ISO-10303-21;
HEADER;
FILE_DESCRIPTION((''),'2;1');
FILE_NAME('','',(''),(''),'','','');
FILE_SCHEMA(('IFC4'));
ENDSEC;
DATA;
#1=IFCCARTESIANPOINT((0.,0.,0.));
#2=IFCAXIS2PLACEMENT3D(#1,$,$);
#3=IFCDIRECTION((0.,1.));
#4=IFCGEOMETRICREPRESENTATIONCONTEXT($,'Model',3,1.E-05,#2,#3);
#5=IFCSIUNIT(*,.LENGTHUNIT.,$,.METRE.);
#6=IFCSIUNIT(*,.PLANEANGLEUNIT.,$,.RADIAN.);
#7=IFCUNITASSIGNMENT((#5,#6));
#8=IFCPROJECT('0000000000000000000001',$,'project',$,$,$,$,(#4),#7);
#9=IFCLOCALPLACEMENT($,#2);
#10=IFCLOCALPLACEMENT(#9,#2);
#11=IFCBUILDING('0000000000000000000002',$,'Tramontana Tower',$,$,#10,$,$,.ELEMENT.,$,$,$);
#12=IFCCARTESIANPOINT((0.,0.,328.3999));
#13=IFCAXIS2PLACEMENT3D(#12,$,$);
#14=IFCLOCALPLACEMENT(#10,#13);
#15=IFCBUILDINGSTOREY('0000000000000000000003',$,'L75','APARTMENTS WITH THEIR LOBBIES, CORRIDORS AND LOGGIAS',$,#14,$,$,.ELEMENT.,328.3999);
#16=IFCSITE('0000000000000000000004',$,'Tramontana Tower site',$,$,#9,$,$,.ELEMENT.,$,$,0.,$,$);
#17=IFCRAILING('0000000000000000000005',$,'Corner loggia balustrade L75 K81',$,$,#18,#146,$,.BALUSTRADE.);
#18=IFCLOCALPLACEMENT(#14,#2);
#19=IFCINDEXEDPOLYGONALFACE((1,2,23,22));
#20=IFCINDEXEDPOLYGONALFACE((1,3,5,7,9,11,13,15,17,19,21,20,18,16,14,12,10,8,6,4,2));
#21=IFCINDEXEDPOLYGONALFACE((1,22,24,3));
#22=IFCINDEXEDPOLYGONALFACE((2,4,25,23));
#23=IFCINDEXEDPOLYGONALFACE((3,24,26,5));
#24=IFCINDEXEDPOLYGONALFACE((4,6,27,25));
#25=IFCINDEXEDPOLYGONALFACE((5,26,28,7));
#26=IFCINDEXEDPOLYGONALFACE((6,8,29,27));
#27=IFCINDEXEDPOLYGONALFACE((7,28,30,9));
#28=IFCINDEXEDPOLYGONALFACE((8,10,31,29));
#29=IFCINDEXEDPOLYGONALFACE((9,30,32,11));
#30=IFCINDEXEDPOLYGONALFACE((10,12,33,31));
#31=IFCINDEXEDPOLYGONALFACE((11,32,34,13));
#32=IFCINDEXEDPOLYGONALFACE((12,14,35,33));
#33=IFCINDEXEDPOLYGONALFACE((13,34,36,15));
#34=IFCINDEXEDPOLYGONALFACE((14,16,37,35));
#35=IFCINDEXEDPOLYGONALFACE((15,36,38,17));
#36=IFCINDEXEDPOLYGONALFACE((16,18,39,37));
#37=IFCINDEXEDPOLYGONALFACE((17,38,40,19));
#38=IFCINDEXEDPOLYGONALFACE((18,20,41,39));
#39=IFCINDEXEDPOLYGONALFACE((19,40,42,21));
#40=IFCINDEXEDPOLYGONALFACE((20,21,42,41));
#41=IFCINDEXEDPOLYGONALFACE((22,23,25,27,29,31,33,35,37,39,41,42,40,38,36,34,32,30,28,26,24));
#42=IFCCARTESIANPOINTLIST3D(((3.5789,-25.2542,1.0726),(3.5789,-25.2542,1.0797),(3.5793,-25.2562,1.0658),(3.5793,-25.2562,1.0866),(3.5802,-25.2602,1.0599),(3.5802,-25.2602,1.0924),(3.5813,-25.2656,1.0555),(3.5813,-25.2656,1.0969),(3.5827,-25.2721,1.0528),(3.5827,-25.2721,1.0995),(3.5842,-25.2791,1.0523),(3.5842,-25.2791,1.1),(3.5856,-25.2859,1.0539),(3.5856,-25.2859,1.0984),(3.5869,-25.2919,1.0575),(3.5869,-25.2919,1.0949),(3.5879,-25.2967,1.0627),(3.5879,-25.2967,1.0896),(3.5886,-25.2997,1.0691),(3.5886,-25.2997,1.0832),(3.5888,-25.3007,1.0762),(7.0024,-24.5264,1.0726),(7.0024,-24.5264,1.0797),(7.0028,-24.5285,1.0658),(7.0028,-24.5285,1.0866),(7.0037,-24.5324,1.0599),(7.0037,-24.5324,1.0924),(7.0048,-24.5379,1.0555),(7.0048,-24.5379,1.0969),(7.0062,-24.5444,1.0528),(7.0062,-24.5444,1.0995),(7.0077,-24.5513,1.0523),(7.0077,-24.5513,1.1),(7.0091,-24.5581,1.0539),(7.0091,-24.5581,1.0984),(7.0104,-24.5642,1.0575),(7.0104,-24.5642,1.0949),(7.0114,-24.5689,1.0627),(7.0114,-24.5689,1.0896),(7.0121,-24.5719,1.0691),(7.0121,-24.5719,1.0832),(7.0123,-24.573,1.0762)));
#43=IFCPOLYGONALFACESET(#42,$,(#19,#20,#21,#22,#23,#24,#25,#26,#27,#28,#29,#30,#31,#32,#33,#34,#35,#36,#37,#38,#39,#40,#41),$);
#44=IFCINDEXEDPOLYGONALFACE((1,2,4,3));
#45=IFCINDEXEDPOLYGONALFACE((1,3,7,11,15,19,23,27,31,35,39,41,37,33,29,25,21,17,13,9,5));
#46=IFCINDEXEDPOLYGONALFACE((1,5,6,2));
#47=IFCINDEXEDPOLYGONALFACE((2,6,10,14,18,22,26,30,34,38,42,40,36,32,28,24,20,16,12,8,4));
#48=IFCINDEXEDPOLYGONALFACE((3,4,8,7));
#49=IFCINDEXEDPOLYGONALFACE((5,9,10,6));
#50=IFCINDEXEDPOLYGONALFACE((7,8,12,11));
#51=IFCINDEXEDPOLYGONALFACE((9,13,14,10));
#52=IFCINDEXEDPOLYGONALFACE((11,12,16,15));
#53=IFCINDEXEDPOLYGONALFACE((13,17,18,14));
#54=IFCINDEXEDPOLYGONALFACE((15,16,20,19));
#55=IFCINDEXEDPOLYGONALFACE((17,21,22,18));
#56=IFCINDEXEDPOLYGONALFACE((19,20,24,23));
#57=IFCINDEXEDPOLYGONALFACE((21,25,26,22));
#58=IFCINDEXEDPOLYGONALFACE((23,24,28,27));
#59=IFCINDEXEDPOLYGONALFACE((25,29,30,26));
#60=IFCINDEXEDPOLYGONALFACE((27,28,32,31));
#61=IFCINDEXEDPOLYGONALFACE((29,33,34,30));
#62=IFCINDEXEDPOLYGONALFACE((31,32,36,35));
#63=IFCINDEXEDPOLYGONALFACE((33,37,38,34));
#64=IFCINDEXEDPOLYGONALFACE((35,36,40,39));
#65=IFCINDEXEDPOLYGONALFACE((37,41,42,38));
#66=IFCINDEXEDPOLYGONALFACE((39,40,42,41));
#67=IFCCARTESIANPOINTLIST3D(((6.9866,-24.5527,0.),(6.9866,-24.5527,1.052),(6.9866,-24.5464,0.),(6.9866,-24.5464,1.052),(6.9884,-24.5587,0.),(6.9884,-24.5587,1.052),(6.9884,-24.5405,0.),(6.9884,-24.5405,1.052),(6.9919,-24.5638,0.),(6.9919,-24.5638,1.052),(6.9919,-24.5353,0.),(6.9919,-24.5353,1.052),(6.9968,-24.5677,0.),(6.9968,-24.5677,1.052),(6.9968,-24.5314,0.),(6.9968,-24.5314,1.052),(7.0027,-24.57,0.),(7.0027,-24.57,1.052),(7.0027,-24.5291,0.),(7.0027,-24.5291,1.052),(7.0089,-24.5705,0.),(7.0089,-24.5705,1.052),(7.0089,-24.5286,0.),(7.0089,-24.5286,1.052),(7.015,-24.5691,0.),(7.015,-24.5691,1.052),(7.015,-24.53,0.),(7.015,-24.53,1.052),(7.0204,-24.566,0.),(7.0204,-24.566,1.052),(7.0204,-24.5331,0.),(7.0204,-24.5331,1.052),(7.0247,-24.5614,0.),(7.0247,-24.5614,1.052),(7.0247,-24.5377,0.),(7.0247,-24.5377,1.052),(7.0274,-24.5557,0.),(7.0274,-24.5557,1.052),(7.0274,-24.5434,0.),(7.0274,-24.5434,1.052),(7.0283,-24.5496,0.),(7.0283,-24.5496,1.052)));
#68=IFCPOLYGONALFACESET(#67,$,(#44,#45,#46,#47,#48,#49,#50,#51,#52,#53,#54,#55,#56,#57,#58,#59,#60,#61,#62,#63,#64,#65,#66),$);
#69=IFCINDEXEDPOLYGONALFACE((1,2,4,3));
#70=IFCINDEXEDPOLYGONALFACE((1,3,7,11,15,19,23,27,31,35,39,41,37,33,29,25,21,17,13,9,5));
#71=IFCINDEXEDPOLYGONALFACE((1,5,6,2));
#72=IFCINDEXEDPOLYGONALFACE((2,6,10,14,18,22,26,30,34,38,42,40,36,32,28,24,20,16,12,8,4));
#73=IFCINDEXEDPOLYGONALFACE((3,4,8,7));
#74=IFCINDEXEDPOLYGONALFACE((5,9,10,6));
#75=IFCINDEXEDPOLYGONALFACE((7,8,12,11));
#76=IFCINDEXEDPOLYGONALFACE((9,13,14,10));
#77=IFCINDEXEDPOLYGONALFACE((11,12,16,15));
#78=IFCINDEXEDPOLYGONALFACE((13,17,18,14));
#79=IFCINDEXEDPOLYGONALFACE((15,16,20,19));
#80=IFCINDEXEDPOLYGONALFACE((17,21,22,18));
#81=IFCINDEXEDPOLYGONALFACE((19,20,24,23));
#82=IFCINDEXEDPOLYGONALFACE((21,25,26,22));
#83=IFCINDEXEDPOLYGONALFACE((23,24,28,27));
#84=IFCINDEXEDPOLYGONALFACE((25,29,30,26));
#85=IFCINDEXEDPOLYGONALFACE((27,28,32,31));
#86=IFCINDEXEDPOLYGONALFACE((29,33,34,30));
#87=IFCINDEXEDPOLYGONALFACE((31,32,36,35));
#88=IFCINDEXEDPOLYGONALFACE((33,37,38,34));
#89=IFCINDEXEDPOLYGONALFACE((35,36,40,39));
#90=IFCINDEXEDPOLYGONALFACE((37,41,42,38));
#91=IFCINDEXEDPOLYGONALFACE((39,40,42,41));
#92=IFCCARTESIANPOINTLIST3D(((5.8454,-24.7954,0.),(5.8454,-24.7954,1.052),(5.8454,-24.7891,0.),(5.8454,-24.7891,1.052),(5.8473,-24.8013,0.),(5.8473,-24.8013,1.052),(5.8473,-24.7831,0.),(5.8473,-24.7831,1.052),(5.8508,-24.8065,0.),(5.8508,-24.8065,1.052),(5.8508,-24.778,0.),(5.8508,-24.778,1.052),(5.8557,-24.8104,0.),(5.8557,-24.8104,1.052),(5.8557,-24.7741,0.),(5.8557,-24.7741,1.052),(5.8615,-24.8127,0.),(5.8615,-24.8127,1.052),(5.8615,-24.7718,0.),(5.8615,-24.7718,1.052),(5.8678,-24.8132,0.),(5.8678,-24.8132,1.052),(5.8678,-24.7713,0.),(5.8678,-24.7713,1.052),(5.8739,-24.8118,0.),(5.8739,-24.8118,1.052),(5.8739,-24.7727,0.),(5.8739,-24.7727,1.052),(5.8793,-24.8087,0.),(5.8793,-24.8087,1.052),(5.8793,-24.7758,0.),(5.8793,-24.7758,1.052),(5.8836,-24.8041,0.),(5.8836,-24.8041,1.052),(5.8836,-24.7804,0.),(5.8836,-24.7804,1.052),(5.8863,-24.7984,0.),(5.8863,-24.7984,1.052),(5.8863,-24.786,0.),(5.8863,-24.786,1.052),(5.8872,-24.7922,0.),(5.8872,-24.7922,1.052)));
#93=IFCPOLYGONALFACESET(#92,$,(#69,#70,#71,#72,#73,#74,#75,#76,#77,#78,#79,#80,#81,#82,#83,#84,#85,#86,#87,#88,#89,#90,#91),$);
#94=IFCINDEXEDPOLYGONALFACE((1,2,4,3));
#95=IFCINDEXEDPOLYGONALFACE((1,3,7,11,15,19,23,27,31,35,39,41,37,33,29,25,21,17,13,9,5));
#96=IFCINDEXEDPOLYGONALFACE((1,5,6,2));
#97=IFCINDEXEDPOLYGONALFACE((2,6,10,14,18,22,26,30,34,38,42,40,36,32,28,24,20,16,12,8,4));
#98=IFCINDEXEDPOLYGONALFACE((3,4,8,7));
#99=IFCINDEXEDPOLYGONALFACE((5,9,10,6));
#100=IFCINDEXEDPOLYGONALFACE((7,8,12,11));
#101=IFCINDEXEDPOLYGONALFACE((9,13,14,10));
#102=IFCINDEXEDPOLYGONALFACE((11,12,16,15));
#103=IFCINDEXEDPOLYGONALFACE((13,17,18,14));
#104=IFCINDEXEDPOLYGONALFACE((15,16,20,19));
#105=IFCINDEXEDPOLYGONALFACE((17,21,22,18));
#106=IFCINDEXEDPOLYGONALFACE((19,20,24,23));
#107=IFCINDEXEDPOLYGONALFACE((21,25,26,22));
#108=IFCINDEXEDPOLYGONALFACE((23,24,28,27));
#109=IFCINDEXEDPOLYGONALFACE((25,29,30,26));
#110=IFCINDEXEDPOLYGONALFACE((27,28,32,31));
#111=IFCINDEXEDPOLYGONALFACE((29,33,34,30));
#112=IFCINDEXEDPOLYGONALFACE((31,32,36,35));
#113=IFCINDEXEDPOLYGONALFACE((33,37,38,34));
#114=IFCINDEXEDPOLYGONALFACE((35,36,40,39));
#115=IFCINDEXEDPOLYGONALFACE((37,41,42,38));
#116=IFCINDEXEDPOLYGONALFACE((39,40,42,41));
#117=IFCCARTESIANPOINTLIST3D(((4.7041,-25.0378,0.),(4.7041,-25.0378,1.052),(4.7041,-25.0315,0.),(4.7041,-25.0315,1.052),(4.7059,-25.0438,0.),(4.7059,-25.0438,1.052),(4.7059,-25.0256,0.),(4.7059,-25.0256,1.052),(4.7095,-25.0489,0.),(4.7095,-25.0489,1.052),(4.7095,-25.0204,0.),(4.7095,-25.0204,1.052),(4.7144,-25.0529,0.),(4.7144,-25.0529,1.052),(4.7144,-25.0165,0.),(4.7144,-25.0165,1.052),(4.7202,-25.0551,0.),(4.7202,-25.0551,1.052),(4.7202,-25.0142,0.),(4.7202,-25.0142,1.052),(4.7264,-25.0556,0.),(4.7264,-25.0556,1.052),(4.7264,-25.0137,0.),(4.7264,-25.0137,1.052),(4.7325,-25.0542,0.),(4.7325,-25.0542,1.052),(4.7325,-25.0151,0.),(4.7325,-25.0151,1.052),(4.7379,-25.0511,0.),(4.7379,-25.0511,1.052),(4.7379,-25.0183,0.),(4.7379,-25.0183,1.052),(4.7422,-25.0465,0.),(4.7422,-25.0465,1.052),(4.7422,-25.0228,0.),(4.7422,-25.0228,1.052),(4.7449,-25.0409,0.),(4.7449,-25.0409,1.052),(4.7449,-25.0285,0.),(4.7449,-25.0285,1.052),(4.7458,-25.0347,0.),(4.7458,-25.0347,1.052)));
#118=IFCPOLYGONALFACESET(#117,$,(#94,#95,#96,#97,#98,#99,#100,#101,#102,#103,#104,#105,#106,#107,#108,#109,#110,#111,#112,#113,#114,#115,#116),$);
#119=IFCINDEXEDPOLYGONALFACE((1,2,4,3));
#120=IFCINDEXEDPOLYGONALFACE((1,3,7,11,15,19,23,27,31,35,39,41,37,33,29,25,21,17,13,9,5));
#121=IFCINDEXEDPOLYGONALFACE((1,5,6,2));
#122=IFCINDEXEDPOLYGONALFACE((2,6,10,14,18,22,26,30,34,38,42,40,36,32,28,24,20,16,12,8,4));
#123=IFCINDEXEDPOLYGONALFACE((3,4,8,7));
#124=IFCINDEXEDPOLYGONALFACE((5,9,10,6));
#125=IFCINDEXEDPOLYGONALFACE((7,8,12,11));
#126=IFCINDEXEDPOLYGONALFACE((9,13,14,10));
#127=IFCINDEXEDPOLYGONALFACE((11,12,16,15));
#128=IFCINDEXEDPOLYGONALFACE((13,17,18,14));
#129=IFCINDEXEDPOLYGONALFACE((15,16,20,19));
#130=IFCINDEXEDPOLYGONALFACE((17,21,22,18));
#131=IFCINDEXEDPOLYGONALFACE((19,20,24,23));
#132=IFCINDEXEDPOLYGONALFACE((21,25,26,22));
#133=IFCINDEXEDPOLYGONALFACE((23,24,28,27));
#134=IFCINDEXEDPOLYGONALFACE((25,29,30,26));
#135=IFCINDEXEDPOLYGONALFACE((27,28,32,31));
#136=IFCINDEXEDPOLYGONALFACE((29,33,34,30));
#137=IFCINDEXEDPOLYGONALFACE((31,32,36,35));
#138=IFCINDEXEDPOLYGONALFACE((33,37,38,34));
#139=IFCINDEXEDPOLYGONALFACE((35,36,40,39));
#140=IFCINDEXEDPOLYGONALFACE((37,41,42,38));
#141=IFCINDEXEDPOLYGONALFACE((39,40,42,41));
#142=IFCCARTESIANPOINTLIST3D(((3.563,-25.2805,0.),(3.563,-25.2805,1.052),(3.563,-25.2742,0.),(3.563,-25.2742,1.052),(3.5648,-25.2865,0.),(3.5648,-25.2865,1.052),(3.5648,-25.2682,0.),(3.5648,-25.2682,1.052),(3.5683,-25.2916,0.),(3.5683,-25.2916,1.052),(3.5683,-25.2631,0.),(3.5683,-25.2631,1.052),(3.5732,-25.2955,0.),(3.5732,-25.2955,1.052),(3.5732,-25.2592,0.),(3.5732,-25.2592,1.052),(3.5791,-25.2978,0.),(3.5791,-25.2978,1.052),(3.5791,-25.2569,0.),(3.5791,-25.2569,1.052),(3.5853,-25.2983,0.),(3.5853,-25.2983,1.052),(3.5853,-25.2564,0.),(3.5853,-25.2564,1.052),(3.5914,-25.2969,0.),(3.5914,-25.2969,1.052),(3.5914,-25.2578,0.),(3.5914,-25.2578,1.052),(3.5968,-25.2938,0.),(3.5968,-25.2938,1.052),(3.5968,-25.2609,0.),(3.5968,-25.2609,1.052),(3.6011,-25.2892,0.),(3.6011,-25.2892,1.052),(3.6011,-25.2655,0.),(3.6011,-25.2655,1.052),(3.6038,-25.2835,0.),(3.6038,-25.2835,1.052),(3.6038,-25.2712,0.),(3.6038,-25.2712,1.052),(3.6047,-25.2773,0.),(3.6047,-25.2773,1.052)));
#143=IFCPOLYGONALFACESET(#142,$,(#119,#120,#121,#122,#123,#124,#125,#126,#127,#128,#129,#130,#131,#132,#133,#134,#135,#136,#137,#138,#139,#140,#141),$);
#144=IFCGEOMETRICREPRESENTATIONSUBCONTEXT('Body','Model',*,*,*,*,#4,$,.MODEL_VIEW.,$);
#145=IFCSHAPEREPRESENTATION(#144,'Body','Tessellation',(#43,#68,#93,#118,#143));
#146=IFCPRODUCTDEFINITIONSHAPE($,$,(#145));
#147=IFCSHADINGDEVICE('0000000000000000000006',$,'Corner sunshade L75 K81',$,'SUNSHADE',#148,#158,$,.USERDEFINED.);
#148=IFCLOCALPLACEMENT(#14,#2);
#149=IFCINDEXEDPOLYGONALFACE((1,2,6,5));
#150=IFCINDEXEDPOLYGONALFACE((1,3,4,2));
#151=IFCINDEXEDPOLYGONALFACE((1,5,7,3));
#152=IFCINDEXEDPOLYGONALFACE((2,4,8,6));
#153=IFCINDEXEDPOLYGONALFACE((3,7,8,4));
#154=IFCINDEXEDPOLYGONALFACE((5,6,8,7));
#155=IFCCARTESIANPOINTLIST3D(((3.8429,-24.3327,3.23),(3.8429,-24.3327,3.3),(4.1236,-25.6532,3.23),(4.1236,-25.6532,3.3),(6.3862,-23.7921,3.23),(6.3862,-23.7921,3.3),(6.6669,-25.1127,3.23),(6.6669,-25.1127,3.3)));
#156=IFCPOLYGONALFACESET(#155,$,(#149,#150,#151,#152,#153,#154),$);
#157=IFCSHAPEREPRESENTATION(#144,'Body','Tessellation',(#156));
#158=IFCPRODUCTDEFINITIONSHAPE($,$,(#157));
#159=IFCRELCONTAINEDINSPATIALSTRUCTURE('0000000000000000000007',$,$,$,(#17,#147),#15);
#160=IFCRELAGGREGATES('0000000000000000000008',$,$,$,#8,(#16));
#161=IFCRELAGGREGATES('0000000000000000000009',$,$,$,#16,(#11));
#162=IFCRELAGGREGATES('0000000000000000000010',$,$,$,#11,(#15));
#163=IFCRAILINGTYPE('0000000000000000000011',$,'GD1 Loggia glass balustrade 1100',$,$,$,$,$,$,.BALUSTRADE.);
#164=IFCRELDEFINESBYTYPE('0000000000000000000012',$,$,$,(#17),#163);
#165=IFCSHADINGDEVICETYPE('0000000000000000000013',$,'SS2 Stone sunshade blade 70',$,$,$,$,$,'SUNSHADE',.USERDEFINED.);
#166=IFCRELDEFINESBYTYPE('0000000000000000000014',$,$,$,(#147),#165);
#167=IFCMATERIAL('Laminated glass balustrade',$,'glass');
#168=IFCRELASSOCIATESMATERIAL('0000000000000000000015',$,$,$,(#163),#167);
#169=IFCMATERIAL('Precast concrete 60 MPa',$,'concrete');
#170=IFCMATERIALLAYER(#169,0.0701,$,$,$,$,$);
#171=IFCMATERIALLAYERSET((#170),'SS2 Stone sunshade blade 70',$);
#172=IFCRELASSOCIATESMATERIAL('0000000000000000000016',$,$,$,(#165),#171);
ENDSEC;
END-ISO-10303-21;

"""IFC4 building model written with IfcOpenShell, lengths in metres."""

from ifc_helpers import new_model, si_unit, direction, frame, origin, origin_2d, place, context, subcontext, project, spatial, rectangle, circle, extrude, material, layer, layer_set, type_object, element, save


model = new_model("IFC4")

# Units and contexts
model_context = context("Model", 3, precision=1e-05, world=origin(), true_north=direction((0.0, 1.0)))
body_context = subcontext(model_context, "Body", "Model", "MODEL_VIEW")
ifc_project = project(units=[si_unit("LENGTHUNIT", "METRE"), si_unit("PLANEANGLEUNIT", "RADIAN")], contexts=[model_context])

# Site, building, storey
site_placement = place(None, origin())
site = spatial("IfcSite", under=ifc_project, at=site_placement, Name="Tramontana Tower site", CompositionType="ELEMENT", RefElevation=0.0)
building_placement = place(site_placement, origin())
building = spatial("IfcBuilding", under=site, at=building_placement, Name="Tramontana Tower", CompositionType="ELEMENT")
storey_placement = place(building_placement, frame((0.0, 0.0, 328.3999)))
storey = spatial("IfcBuildingStorey", under=building, at=storey_placement, Name="L75", Description="APARTMENTS WITH THEIR LOBBIES, CORRIDORS AND LOGGIAS", CompositionType="ELEMENT", Elevation=328.3999)

# Railing
ifc_material_1 = material(Name="Laminated glass balustrade", Category="glass")
railing_type = type_object("IfcRailingType", Name="GD1 Loggia glass balustrade 1100", PredefinedType="BALUSTRADE", material=ifc_material_1)
railing_1_placement = place(storey_placement, frame((7.0073, -24.5496, 0.0)))
element("IfcRailing", 1, at=railing_1_placement, inside=storey, type_object=railing_type, Name="Corner loggia balustrade L75 K81", PredefinedType="BALUSTRADE", context=body_context, shape_type="SweptSolid", body=[
    extrude(circle(Radius=0.0239, at=origin_2d()), frame((0.0, 0.0, 1.0762), z_axis=(-0.978143, -0.207933, 0.0), x_axis=(0.207933, -0.978143, 0.0)), (0.0, 0.0, 1.0), 3.5),
    extrude(circle(Radius=0.021, at=origin_2d()), origin(), (0.0, 0.0, 1.0), 1.052),
    extrude(circle(Radius=0.021, at=origin_2d()), frame((-1.1411, -0.2427, 0.0)), (0.0, 0.0, 1.0), 1.052),
    extrude(circle(Radius=0.021, at=origin_2d()), frame((-2.2825, -0.4851, 0.0)), (0.0, 0.0, 1.0), 1.052),
    extrude(circle(Radius=0.021, at=origin_2d()), frame((-3.4236, -0.7278, 0.0)), (0.0, 0.0, 1.0), 1.052),
])

# Shading device
ifc_material_2 = material(Name="Precast concrete 60 MPa", Category="concrete")
ifc_layer_1 = layer(ifc_material_2, 0.0701)
ifc_layer_set_1 = layer_set([ifc_layer_1], Name="SS2 Stone sunshade blade 70")
shading_device_type = type_object("IfcShadingDeviceType", Name="SS2 Stone sunshade blade 70", ElementType="SUNSHADE", PredefinedType="USERDEFINED", material=ifc_layer_set_1)
shading_device_placement = place(storey_placement, frame((5.2549, -24.7227, 3.23), z_axis=(0.0, 0.0, 1.0), x_axis=(-0.978148, -0.207912, 0.0)))
element("IfcShadingDevice", 2, at=shading_device_placement, inside=storey, type_object=shading_device_type, Name="Corner sunshade L75 K81", ObjectType="SUNSHADE", PredefinedType="USERDEFINED", context=body_context, shape_type="SweptSolid", body=[
    extrude(rectangle(XDim=2.6001, YDim=1.3501, at=origin_2d()), origin(), (0.0, 0.0, 1.0), 0.0701),
])

save(model, "model.ifc")
